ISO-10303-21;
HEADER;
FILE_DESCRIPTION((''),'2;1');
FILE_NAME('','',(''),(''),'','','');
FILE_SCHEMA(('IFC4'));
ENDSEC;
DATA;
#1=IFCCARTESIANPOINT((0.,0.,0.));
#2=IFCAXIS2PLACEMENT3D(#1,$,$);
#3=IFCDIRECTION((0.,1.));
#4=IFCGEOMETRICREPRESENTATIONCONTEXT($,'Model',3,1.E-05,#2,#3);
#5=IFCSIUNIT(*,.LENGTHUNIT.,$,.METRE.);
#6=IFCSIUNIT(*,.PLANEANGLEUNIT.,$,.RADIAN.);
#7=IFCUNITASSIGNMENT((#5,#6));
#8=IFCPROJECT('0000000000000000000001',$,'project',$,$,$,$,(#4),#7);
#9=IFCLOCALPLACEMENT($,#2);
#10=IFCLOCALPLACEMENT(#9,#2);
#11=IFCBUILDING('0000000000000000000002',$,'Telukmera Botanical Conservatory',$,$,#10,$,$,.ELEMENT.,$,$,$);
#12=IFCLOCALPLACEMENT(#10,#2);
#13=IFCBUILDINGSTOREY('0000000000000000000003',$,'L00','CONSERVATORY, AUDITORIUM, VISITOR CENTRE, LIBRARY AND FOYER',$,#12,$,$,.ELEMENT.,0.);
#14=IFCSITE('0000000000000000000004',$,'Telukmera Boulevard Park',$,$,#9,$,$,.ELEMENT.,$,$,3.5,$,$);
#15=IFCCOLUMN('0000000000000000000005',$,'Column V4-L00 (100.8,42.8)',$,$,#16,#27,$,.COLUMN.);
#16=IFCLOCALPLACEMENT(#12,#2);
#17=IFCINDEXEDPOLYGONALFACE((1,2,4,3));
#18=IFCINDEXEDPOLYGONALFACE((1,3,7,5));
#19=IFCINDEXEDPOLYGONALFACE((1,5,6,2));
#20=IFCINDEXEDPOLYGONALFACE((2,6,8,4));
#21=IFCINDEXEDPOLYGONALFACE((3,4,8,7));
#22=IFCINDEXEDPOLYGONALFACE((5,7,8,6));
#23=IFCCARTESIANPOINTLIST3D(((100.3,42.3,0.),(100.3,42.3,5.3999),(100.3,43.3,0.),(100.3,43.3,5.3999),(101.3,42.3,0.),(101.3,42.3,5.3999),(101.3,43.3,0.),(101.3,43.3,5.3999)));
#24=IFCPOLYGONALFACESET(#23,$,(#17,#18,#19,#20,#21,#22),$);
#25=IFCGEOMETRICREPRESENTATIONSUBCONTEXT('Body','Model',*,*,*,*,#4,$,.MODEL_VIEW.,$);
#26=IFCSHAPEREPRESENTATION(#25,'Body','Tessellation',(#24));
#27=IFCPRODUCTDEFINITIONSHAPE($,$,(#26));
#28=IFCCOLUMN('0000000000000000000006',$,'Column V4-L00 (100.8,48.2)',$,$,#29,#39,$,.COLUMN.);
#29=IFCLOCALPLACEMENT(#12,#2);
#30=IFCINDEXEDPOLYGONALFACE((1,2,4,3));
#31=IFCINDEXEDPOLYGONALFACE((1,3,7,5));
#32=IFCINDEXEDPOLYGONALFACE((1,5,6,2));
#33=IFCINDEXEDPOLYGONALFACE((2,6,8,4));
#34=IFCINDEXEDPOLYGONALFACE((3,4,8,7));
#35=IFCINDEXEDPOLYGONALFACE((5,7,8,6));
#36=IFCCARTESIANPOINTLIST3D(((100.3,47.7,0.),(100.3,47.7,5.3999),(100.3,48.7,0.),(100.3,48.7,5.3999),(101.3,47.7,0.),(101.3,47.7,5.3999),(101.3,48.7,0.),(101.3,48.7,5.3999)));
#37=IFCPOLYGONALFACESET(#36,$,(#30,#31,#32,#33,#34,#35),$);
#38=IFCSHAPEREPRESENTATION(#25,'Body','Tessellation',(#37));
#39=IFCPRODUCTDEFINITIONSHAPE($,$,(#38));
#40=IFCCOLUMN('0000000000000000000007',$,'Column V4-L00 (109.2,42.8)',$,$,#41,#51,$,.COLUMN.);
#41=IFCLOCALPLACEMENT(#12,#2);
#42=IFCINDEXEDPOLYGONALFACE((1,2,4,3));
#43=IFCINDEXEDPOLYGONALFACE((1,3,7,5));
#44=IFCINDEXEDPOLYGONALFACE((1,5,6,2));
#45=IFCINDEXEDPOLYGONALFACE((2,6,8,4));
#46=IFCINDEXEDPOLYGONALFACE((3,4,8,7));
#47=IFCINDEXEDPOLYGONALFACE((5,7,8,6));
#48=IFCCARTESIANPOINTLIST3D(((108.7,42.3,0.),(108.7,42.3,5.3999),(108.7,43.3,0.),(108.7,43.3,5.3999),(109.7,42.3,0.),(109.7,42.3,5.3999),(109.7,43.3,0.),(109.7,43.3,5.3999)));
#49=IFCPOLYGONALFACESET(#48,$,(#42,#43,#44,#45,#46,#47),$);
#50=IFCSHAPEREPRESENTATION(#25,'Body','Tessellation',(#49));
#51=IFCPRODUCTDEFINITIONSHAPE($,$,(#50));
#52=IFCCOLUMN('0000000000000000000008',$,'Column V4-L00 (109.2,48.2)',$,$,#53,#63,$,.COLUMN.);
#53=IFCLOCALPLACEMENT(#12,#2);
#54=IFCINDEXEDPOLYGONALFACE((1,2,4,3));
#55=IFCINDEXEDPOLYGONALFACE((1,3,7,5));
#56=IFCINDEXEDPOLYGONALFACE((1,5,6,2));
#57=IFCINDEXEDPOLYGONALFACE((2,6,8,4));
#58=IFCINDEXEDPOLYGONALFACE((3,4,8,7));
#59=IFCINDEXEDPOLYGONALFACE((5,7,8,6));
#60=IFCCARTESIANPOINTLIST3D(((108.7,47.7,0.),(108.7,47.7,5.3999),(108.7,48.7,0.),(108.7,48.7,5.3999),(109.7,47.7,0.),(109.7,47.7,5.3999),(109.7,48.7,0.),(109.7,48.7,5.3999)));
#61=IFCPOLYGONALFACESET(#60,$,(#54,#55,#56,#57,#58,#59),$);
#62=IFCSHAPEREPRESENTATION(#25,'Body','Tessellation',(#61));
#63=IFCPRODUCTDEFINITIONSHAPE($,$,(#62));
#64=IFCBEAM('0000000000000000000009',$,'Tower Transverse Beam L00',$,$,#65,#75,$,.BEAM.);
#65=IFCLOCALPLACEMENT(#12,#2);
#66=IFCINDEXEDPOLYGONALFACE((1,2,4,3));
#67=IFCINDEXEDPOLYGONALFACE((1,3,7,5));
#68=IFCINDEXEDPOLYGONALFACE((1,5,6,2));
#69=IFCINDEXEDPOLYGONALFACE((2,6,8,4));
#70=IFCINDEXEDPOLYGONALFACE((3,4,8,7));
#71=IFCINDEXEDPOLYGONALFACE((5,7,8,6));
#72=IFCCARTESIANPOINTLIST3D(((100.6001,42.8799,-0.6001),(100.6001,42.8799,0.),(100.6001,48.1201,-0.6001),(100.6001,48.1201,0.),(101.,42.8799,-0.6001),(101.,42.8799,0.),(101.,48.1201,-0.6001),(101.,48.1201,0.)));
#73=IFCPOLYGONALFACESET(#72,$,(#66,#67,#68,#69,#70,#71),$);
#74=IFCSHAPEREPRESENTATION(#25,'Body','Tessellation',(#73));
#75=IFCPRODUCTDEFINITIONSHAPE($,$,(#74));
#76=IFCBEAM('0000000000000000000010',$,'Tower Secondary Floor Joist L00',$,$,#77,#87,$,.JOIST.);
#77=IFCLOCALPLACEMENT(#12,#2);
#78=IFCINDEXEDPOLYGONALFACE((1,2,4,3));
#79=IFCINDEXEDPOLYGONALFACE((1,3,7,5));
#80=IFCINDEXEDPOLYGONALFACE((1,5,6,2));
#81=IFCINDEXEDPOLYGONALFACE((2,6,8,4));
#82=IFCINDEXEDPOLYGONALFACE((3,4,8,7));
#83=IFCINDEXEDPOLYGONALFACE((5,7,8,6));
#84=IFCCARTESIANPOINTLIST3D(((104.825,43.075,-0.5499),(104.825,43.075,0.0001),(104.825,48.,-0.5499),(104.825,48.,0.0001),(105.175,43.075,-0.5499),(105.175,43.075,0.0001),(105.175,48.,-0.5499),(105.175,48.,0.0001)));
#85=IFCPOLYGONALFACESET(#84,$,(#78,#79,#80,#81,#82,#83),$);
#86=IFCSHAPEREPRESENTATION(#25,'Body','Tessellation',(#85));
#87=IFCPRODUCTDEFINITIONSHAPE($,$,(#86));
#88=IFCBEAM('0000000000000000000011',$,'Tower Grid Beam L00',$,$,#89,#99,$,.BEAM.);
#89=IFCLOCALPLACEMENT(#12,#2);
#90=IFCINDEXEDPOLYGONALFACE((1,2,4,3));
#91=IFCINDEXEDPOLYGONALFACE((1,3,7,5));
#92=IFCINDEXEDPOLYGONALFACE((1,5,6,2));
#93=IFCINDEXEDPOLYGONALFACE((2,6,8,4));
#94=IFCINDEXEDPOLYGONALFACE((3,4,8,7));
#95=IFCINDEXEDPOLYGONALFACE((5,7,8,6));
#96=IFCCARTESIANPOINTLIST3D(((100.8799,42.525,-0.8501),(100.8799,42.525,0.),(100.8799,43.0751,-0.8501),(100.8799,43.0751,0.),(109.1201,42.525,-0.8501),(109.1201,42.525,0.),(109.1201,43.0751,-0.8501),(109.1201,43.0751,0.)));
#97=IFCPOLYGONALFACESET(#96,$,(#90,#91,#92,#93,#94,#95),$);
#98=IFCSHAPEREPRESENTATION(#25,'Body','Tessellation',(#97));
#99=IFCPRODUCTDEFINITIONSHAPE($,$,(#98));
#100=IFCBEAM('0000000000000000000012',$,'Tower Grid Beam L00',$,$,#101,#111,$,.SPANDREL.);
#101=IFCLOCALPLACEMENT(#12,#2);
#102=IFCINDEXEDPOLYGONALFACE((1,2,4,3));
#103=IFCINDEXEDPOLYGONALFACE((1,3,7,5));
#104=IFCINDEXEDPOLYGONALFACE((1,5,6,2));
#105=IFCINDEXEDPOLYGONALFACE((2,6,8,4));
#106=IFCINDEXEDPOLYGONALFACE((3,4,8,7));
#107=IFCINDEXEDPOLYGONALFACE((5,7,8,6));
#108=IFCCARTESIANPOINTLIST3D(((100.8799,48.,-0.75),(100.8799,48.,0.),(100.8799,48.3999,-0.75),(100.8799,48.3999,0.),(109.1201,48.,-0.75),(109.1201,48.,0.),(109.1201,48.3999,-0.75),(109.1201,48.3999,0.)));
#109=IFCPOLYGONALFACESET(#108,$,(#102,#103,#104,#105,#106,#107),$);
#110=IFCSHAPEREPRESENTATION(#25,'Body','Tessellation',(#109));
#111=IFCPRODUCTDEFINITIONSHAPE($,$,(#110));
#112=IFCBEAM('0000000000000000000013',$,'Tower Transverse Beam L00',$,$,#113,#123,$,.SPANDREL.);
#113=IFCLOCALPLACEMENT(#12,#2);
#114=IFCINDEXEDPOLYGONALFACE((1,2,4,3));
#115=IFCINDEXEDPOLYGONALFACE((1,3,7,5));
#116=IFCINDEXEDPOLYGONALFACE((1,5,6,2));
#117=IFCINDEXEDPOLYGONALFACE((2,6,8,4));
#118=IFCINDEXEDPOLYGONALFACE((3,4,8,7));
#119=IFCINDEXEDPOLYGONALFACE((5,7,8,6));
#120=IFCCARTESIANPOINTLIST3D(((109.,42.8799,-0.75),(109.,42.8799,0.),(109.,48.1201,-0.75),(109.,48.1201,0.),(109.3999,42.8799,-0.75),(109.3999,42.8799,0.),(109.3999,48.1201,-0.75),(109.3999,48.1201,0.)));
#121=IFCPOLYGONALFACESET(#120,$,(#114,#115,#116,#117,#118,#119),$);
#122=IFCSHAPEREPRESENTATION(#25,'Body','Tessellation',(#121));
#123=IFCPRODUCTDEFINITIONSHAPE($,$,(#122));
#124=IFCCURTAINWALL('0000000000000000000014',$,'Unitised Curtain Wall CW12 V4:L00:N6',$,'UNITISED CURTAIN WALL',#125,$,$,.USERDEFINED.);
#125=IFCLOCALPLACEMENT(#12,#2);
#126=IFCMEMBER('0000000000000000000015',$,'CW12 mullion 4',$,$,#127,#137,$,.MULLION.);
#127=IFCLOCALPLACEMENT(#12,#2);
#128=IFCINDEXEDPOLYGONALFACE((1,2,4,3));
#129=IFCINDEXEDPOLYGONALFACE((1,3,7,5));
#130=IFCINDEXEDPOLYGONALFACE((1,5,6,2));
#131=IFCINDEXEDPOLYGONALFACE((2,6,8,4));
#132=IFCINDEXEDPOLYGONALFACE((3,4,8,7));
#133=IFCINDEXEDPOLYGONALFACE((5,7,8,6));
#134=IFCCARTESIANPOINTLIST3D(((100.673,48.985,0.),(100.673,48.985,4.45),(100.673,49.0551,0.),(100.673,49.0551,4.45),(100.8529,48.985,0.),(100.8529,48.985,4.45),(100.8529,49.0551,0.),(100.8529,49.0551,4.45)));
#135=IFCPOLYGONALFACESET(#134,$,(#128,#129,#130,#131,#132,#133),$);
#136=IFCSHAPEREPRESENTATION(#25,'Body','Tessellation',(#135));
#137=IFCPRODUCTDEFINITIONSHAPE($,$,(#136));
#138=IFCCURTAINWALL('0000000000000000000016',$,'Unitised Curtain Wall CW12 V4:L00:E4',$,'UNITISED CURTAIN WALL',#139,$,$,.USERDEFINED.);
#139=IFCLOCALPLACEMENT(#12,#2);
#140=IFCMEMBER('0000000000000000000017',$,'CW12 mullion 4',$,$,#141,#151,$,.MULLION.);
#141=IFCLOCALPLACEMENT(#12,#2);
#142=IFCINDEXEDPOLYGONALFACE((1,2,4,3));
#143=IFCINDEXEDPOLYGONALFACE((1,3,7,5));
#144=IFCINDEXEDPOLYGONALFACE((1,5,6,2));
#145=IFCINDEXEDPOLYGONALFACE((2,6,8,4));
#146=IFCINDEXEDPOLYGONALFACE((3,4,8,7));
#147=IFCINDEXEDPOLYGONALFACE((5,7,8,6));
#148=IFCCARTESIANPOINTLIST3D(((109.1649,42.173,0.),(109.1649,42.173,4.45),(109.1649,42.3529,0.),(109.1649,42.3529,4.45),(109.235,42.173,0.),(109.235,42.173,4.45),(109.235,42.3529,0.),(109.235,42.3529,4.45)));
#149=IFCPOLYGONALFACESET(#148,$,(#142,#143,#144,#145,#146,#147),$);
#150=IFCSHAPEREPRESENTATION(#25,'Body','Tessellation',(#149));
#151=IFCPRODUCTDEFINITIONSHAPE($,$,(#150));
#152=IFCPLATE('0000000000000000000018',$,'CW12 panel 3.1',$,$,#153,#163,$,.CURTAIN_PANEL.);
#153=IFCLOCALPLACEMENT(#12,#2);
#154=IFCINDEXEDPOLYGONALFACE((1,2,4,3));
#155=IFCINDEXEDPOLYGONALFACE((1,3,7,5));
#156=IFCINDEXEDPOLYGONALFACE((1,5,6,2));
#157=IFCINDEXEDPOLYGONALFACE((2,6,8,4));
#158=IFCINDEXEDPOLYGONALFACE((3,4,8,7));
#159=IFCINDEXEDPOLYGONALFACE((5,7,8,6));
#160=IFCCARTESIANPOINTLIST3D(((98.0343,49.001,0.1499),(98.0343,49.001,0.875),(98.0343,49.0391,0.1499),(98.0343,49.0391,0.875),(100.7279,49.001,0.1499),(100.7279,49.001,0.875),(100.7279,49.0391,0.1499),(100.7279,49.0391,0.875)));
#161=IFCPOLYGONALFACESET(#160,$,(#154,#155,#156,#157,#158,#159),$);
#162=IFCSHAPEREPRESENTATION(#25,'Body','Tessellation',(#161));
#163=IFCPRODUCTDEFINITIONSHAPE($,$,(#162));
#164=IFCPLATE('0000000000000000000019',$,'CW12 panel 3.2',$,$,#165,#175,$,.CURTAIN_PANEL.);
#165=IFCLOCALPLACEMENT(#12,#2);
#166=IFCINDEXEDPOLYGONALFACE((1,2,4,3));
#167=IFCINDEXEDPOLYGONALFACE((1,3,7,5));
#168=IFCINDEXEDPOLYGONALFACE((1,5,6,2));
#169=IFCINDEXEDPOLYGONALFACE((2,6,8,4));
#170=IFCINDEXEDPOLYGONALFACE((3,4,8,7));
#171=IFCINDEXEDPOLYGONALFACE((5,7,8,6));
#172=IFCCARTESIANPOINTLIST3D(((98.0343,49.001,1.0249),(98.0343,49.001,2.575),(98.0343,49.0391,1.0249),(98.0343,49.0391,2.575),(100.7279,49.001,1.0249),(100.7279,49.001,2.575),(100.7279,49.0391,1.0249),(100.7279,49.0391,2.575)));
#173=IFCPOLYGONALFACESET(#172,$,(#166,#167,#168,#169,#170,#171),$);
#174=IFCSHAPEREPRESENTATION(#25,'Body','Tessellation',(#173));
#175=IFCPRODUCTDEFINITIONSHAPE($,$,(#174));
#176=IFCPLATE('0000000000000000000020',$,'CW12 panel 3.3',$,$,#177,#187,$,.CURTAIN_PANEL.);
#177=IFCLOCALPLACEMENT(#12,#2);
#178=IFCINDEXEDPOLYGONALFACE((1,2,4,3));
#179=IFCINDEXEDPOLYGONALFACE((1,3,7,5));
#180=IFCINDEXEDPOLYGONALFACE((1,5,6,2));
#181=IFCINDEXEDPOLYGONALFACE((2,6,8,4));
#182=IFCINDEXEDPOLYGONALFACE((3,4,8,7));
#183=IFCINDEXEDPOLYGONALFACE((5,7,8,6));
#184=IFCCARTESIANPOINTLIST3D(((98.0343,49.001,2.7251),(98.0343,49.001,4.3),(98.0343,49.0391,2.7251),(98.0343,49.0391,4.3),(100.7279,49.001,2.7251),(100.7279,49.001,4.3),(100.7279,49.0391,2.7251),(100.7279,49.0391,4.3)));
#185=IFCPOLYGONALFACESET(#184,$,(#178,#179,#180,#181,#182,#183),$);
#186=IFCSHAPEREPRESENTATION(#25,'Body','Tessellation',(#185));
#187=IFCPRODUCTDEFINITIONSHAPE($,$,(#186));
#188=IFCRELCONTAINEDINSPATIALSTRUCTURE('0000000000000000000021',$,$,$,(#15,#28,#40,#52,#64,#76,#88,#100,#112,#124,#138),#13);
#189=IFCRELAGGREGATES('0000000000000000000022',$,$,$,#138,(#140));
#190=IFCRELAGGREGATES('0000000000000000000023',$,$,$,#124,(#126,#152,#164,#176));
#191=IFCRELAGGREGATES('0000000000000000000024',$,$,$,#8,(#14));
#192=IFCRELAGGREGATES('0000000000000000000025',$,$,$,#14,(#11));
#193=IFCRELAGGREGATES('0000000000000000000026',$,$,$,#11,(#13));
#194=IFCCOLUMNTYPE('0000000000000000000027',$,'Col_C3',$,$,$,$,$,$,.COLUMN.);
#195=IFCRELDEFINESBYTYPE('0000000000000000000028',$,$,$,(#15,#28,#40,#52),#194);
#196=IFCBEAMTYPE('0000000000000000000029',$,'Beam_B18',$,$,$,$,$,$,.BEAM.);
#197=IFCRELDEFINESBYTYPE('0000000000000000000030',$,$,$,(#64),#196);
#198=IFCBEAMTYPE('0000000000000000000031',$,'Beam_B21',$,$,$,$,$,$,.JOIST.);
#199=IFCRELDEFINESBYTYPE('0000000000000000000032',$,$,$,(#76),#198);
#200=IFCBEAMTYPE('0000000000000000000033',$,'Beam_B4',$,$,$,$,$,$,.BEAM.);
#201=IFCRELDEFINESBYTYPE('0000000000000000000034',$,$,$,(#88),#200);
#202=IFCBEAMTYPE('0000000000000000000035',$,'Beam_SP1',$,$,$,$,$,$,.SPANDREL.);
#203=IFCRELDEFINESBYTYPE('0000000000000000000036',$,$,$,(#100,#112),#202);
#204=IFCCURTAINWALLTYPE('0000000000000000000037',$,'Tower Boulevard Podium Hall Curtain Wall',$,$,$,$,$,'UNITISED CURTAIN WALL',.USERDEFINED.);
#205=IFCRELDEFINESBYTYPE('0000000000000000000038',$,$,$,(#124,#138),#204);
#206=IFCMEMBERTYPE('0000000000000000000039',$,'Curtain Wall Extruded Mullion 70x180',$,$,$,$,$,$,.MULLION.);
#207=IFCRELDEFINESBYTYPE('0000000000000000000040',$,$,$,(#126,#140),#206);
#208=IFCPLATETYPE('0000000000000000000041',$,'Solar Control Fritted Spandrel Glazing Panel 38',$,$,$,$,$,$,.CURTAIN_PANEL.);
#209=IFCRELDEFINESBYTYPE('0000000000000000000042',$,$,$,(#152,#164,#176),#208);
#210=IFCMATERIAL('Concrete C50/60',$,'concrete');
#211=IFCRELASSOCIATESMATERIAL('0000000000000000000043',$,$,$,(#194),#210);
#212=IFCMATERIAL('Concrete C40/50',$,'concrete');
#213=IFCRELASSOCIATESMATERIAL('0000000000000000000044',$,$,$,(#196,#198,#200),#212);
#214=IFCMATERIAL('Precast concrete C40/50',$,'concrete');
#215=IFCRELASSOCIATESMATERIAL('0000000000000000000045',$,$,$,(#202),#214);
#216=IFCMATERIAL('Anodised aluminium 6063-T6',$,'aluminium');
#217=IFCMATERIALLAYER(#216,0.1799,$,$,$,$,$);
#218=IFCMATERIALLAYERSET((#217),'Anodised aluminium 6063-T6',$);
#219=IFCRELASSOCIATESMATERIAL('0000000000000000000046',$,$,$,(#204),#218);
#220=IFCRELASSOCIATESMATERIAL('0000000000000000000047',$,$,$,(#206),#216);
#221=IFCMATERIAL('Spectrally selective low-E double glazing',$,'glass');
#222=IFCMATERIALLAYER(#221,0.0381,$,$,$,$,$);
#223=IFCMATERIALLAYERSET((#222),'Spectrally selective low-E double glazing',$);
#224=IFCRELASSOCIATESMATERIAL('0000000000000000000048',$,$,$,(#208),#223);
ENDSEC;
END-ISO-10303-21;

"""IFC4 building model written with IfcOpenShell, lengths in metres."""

from ifc_helpers import new_model, si_unit, direction, frame, origin, origin_2d, place, context, subcontext, project, spatial, rectangle, extrude, material, layer, layer_set, material_profile, profile_set, type_object, element, aggregate, save


model = new_model("IFC4")

# Units and contexts
model_context = context("Model", 3, precision=1e-05, world=origin(), true_north=direction((0.0, 1.0)))
body_context = subcontext(model_context, "Body", "Model", "MODEL_VIEW")
ifc_project = project(units=[si_unit("LENGTHUNIT", "METRE"), si_unit("PLANEANGLEUNIT", "RADIAN")], contexts=[model_context])

# Site, building, storey
site_placement = place(None, origin())
site = spatial("IfcSite", under=ifc_project, at=site_placement, Name="Telukmera Boulevard Park", CompositionType="ELEMENT", RefElevation=3.5)
building_placement = place(site_placement, origin())
building = spatial("IfcBuilding", under=site, at=building_placement, Name="Telukmera Botanical Conservatory", CompositionType="ELEMENT")
storey_placement = place(building_placement, origin())
storey = spatial("IfcBuildingStorey", under=building, at=storey_placement, Name="L00", Description="CONSERVATORY, AUDITORIUM, VISITOR CENTRE, LIBRARY AND FOYER", CompositionType="ELEMENT", Elevation=0.0)

# Columns
ifc_material_1 = material(Name="Concrete C50/60", Category="concrete")
ifc_material_profile_1 = material_profile(ifc_material_1, rectangle(XDim=1.0, YDim=1.0, at=origin_2d()), Name="RC 1000x1000")
ifc_profile_set_1 = profile_set([ifc_material_profile_1], Name="Concrete C50/60")
column_type = type_object("IfcColumnType", Name="Col_C3", PredefinedType="COLUMN", material=ifc_profile_set_1)
for number, where, z_axis, x_axis, name in (
    (1, (100.8, 42.8, 0.0), (0.0, 0.0, 1.0), (1.0, 0.0, 0.0), "Column V4-L00 (100.8,42.8)"),
    (2, (100.8, 48.2, 0.0), (0.0, 0.0, 1.0), (1.0, 0.0, 0.0), "Column V4-L00 (100.8,48.2)"),
    (3, (109.2, 42.8, 0.0), (0.0, 0.0, 1.0), (1.0, 0.0, 0.0), "Column V4-L00 (109.2,42.8)"),
    (4, (109.2, 48.2, 0.0), (0.0, 0.0, 1.0), (1.0, 0.0, 0.0), "Column V4-L00 (109.2,48.2)"),
):
    element("IfcColumn", number, at=place(storey_placement, frame(where, z_axis=z_axis, x_axis=x_axis)), inside=storey, type_object=column_type, Name=name, PredefinedType="COLUMN", context=body_context, shape_type="SweptSolid", body=[
        extrude(rectangle(XDim=1.0, YDim=1.0, at=origin_2d()), origin(), (0.0, 0.0, 1.0), 5.3999),
    ])

# Beams
ifc_material_2 = material(Name="Concrete C40/50", Category="concrete")
ifc_material_profile_2 = material_profile(ifc_material_2, rectangle(XDim=0.3999, YDim=0.6001, at=origin_2d()), Name="RC 400x600")
ifc_profile_set_2 = profile_set([ifc_material_profile_2], Name="Concrete C40/50")
beam_type_1 = type_object("IfcBeamType", Name="Beam_B18", PredefinedType="BEAM", material=ifc_profile_set_2)
beam_1_placement = place(storey_placement, frame((100.8, 42.8799, -0.3), z_axis=(0.0, 1.0, 0.0), x_axis=(-1.0, 0.0, 0.0)))
element("IfcBeam", 5, at=beam_1_placement, inside=storey, type_object=beam_type_1, Name="Tower Transverse Beam L00", PredefinedType="BEAM", context=body_context, shape_type="SweptSolid", body=[
    extrude(rectangle(XDim=0.3999, YDim=0.6001, at=origin_2d()), origin(), (0.0, 0.0, 1.0), 5.2402),
])
ifc_material_profile_3 = material_profile(ifc_material_2, rectangle(XDim=0.3501, YDim=0.55, at=origin_2d()), Name="RC 350x550")
ifc_profile_set_3 = profile_set([ifc_material_profile_3], Name="Concrete C40/50")
beam_type_2 = type_object("IfcBeamType", Name="Beam_B21", PredefinedType="JOIST", material=ifc_profile_set_3)
beam_2_placement = place(storey_placement, frame((105.0, 43.075, -0.2749), z_axis=(0.0, 1.0, 0.0), x_axis=(-1.0, 0.0, 0.0)))
element("IfcBeam", 6, at=beam_2_placement, inside=storey, type_object=beam_type_2, Name="Tower Secondary Floor Joist L00", PredefinedType="JOIST", context=body_context, shape_type="SweptSolid", body=[
    extrude(rectangle(XDim=0.3501, YDim=0.55, at=origin_2d()), origin(), (0.0, 0.0, 1.0), 4.925),
])
ifc_material_profile_4 = material_profile(ifc_material_2, rectangle(XDim=0.55, YDim=0.8501, at=origin_2d()), Name="RC 550x850")
ifc_profile_set_4 = profile_set([ifc_material_profile_4], Name="Concrete C40/50")
beam_type_3 = type_object("IfcBeamType", Name="Beam_B4", PredefinedType="BEAM", material=ifc_profile_set_4)
beam_3_placement = place(storey_placement, frame((100.8799, 42.8, -0.425), z_axis=(1.0, 0.0, 0.0), x_axis=(0.0, 1.0, 0.0)))
element("IfcBeam", 7, at=beam_3_placement, inside=storey, type_object=beam_type_3, Name="Tower Grid Beam L00", PredefinedType="BEAM", context=body_context, shape_type="SweptSolid", body=[
    extrude(rectangle(XDim=0.55, YDim=0.8501, at=origin_2d()), origin(), (0.0, 0.0, 1.0), 8.2402),
])
ifc_material_3 = material(Name="Precast concrete C40/50", Category="concrete")
ifc_material_profile_5 = material_profile(ifc_material_3, rectangle(XDim=0.3999, YDim=0.75, at=origin_2d()), Name="PC 400x750")
ifc_profile_set_5 = profile_set([ifc_material_profile_5], Name="Precast concrete C40/50")
beam_type_4 = type_object("IfcBeamType", Name="Beam_SP1", PredefinedType="SPANDREL", material=ifc_profile_set_5)
beam_4_placement = place(storey_placement, frame((100.8799, 48.2, -0.375), z_axis=(1.0, 0.0, 0.0), x_axis=(0.0, 1.0, 0.0)))
element("IfcBeam", 8, at=beam_4_placement, inside=storey, type_object=beam_type_4, Name="Tower Grid Beam L00", PredefinedType="SPANDREL", context=body_context, shape_type="SweptSolid", body=[
    extrude(rectangle(XDim=0.3999, YDim=0.75, at=origin_2d()), origin(), (0.0, 0.0, 1.0), 8.2402),
])
beam_5_placement = place(storey_placement, frame((109.2, 42.8799, -0.375), z_axis=(0.0, 1.0, 0.0), x_axis=(-1.0, 0.0, 0.0)))
element("IfcBeam", 9, at=beam_5_placement, inside=storey, type_object=beam_type_4, Name="Tower Transverse Beam L00", PredefinedType="SPANDREL", context=body_context, shape_type="SweptSolid", body=[
    extrude(rectangle(XDim=0.3999, YDim=0.75, at=origin_2d()), origin(), (0.0, 0.0, 1.0), 5.2402),
])

# Curtain walls, members
ifc_material_4 = material(Name="Anodised aluminium 6063-T6", Category="aluminium")
ifc_layer_1 = layer(ifc_material_4, 0.1799)
ifc_layer_set_1 = layer_set([ifc_layer_1], Name="Anodised aluminium 6063-T6")
curtain_wall_type = type_object("IfcCurtainWallType", Name="Tower Boulevard Podium Hall Curtain Wall", ElementType="UNITISED CURTAIN WALL", PredefinedType="USERDEFINED", material=ifc_layer_set_1)
curtain_wall_1_placement = place(storey_placement, origin())
curtain_wall_1 = element("IfcCurtainWall", 10, at=curtain_wall_1_placement, inside=storey, type_object=curtain_wall_type, Name="Unitised Curtain Wall CW12 V4:L00:N6", ObjectType="UNITISED CURTAIN WALL", PredefinedType="USERDEFINED")
ifc_material_profile_6 = material_profile(ifc_material_4, rectangle(XDim=0.0701, YDim=0.1799, at=origin_2d()), Name="ALU MULL 70x180")
ifc_profile_set_6 = profile_set([ifc_material_profile_6], Name="Anodised aluminium 6063-T6")
member_type = type_object("IfcMemberType", Name="Curtain Wall Extruded Mullion 70x180", PredefinedType="MULLION", material=ifc_profile_set_6)
member_1_placement = place(storey_placement, frame((100.7629, 49.02, 0.0), z_axis=(0.0, 0.0, 1.0), x_axis=(0.0, 1.0, 0.0)))
member_1 = element("IfcMember", 11, at=member_1_placement, type_object=member_type, Name="CW12 mullion 4", PredefinedType="MULLION", context=body_context, shape_type="SweptSolid", body=[
    extrude(rectangle(XDim=0.0701, YDim=0.1799, at=origin_2d()), origin(), (0.0, 0.0, 1.0), 4.45),
])
curtain_wall_2_placement = place(storey_placement, origin())
curtain_wall_2 = element("IfcCurtainWall", 12, at=curtain_wall_2_placement, inside=storey, type_object=curtain_wall_type, Name="Unitised Curtain Wall CW12 V4:L00:E4", ObjectType="UNITISED CURTAIN WALL", PredefinedType="USERDEFINED")
member_2_placement = place(storey_placement, frame((109.2, 42.2629, 0.0), z_axis=(0.0, 0.0, 1.0), x_axis=(-1.0, 0.0, 0.0)))
member_2 = element("IfcMember", 13, at=member_2_placement, type_object=member_type, Name="CW12 mullion 4", PredefinedType="MULLION", context=body_context, shape_type="SweptSolid", body=[
    extrude(rectangle(XDim=0.0701, YDim=0.1799, at=origin_2d()), origin(), (0.0, 0.0, 1.0), 4.45),
])
aggregate(curtain_wall_2, [member_2])

# Plates
ifc_material_5 = material(Name="Spectrally selective low-E double glazing", Category="glass")
ifc_layer_2 = layer(ifc_material_5, 0.0381)
ifc_layer_set_2 = layer_set([ifc_layer_2], Name="Spectrally selective low-E double glazing")
plate_type = type_object("IfcPlateType", Name="Solar Control Fritted Spandrel Glazing Panel 38", PredefinedType="CURTAIN_PANEL", material=ifc_layer_set_2)
plate_1_placement = place(storey_placement, frame((99.3811, 49.02, 0.1499), z_axis=(0.0, 0.0, 1.0), x_axis=(1.0, 0.0, 0.0)))
plate_1 = element("IfcPlate", 14, at=plate_1_placement, type_object=plate_type, Name="CW12 panel 3.1", PredefinedType="CURTAIN_PANEL", context=body_context, shape_type="SweptSolid", body=[
    extrude(rectangle(XDim=2.6936, YDim=0.0381, at=origin_2d()), origin(), (0.0, 0.0, 1.0), 0.7251),
])
plate_2_placement = place(storey_placement, frame((99.3811, 49.02, 1.0249), z_axis=(0.0, 0.0, 1.0), x_axis=(1.0, 0.0, 0.0)))
plate_2 = element("IfcPlate", 15, at=plate_2_placement, type_object=plate_type, Name="CW12 panel 3.2", PredefinedType="CURTAIN_PANEL", context=body_context, shape_type="SweptSolid", body=[
    extrude(rectangle(XDim=2.6936, YDim=0.0381, at=origin_2d()), origin(), (0.0, 0.0, 1.0), 1.55),
])
plate_3_placement = place(storey_placement, frame((99.3811, 49.02, 2.7251), z_axis=(0.0, 0.0, 1.0), x_axis=(1.0, 0.0, 0.0)))
plate_3 = element("IfcPlate", 16, at=plate_3_placement, type_object=plate_type, Name="CW12 panel 3.3", PredefinedType="CURTAIN_PANEL", context=body_context, shape_type="SweptSolid", body=[
    extrude(rectangle(XDim=2.6936, YDim=0.0381, at=origin_2d()), origin(), (0.0, 0.0, 1.0), 1.575),
])
aggregate(curtain_wall_1, [member_1, plate_1, plate_2, plate_3])

save(model, "model.ifc")
